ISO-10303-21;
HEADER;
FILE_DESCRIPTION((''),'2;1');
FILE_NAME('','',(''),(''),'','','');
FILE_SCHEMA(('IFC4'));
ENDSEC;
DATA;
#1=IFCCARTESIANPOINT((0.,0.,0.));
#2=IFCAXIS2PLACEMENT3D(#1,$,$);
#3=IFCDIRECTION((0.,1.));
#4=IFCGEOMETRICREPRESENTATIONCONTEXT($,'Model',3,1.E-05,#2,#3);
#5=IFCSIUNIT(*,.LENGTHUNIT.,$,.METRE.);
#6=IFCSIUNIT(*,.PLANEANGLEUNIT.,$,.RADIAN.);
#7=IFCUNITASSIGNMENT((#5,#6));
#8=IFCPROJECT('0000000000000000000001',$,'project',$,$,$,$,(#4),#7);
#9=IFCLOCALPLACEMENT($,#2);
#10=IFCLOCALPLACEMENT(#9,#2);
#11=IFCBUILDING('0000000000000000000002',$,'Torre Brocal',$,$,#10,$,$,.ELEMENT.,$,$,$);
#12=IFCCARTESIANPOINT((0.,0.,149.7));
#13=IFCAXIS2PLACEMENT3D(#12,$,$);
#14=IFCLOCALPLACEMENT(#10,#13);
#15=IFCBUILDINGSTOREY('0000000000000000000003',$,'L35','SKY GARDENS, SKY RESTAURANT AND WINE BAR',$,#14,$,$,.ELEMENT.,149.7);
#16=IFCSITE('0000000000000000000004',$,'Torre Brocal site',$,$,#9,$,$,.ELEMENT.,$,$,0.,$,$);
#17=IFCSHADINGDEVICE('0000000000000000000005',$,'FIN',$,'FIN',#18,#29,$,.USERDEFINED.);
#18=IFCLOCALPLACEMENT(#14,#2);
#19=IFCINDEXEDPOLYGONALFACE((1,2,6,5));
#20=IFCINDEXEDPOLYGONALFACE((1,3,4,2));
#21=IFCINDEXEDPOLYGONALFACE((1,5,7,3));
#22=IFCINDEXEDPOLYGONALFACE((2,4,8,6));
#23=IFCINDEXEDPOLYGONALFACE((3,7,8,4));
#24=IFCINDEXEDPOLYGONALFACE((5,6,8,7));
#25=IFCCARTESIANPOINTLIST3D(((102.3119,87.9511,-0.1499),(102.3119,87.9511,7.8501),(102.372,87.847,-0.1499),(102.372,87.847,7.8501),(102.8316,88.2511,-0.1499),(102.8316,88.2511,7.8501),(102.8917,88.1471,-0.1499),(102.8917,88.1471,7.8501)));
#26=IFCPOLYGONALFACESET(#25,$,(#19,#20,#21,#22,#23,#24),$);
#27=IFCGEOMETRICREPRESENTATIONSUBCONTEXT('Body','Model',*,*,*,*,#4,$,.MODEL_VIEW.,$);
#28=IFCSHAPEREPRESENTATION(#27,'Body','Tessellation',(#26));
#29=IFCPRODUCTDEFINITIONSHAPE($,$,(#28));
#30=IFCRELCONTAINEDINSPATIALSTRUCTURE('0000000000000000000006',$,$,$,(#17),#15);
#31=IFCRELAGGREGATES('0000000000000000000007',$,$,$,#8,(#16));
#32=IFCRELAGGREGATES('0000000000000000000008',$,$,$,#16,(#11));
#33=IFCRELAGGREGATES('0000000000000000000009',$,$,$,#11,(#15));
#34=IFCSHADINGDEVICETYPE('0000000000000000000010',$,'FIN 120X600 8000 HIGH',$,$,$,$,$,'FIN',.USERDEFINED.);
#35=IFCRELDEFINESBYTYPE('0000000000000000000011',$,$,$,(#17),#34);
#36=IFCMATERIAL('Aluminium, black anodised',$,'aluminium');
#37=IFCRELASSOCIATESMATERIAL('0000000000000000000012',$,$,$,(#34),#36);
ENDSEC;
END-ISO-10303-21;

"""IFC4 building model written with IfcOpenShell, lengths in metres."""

from ifc_helpers import new_model, si_unit, direction, frame, origin, origin_2d, place, context, subcontext, project, spatial, rectangle, extrude, material, material_profile, profile_set, type_object, element, save


model = new_model("IFC4")

# Units and contexts
model_context = context("Model", 3, precision=1e-05, world=origin(), true_north=direction((0.0, 1.0)))
body_context = subcontext(model_context, "Body", "Model", "MODEL_VIEW")
ifc_project = project(units=[si_unit("LENGTHUNIT", "METRE"), si_unit("PLANEANGLEUNIT", "RADIAN")], contexts=[model_context])

# Site, building, storey
site_placement = place(None, origin())
site = spatial("IfcSite", under=ifc_project, at=site_placement, Name="Torre Brocal site", CompositionType="ELEMENT", RefElevation=0.0)
building_placement = place(site_placement, origin())
building = spatial("IfcBuilding", under=site, at=building_placement, Name="Torre Brocal", CompositionType="ELEMENT")
storey_placement = place(building_placement, frame((0.0, 0.0, 149.7)))
storey = spatial("IfcBuildingStorey", under=building, at=storey_placement, Name="L35", Description="SKY GARDENS, SKY RESTAURANT AND WINE BAR", CompositionType="ELEMENT", Elevation=149.7)

# Shading device
ifc_material_1 = material(Name="Aluminium, black anodised", Category="aluminium")
ifc_material_profile_1 = material_profile(ifc_material_1, rectangle(XDim=0.1201, YDim=0.6001, at=origin_2d()), Name="FIN 120X600 8000 HIGH")
ifc_profile_set_1 = profile_set([ifc_material_profile_1], Name="Aluminium, black anodised")
shading_device_type = type_object("IfcShadingDeviceType", Name="FIN 120X600 8000 HIGH", ElementType="FIN", PredefinedType="USERDEFINED", material=ifc_profile_set_1)
shading_device_placement = place(storey_placement, frame((102.6018, 88.0491, -0.1499), z_axis=(0.0, 0.0, 1.0), x_axis=(-0.5, 0.866025, 0.0)))
element("IfcShadingDevice", 1, at=shading_device_placement, inside=storey, type_object=shading_device_type, Name="FIN", ObjectType="FIN", PredefinedType="USERDEFINED", context=body_context, shape_type="SweptSolid", body=[
    extrude(rectangle(XDim=0.1201, YDim=0.6001, at=origin_2d()), origin(), (0.0, 0.0, 1.0), 8.0),
])

save(model, "model.ifc")
